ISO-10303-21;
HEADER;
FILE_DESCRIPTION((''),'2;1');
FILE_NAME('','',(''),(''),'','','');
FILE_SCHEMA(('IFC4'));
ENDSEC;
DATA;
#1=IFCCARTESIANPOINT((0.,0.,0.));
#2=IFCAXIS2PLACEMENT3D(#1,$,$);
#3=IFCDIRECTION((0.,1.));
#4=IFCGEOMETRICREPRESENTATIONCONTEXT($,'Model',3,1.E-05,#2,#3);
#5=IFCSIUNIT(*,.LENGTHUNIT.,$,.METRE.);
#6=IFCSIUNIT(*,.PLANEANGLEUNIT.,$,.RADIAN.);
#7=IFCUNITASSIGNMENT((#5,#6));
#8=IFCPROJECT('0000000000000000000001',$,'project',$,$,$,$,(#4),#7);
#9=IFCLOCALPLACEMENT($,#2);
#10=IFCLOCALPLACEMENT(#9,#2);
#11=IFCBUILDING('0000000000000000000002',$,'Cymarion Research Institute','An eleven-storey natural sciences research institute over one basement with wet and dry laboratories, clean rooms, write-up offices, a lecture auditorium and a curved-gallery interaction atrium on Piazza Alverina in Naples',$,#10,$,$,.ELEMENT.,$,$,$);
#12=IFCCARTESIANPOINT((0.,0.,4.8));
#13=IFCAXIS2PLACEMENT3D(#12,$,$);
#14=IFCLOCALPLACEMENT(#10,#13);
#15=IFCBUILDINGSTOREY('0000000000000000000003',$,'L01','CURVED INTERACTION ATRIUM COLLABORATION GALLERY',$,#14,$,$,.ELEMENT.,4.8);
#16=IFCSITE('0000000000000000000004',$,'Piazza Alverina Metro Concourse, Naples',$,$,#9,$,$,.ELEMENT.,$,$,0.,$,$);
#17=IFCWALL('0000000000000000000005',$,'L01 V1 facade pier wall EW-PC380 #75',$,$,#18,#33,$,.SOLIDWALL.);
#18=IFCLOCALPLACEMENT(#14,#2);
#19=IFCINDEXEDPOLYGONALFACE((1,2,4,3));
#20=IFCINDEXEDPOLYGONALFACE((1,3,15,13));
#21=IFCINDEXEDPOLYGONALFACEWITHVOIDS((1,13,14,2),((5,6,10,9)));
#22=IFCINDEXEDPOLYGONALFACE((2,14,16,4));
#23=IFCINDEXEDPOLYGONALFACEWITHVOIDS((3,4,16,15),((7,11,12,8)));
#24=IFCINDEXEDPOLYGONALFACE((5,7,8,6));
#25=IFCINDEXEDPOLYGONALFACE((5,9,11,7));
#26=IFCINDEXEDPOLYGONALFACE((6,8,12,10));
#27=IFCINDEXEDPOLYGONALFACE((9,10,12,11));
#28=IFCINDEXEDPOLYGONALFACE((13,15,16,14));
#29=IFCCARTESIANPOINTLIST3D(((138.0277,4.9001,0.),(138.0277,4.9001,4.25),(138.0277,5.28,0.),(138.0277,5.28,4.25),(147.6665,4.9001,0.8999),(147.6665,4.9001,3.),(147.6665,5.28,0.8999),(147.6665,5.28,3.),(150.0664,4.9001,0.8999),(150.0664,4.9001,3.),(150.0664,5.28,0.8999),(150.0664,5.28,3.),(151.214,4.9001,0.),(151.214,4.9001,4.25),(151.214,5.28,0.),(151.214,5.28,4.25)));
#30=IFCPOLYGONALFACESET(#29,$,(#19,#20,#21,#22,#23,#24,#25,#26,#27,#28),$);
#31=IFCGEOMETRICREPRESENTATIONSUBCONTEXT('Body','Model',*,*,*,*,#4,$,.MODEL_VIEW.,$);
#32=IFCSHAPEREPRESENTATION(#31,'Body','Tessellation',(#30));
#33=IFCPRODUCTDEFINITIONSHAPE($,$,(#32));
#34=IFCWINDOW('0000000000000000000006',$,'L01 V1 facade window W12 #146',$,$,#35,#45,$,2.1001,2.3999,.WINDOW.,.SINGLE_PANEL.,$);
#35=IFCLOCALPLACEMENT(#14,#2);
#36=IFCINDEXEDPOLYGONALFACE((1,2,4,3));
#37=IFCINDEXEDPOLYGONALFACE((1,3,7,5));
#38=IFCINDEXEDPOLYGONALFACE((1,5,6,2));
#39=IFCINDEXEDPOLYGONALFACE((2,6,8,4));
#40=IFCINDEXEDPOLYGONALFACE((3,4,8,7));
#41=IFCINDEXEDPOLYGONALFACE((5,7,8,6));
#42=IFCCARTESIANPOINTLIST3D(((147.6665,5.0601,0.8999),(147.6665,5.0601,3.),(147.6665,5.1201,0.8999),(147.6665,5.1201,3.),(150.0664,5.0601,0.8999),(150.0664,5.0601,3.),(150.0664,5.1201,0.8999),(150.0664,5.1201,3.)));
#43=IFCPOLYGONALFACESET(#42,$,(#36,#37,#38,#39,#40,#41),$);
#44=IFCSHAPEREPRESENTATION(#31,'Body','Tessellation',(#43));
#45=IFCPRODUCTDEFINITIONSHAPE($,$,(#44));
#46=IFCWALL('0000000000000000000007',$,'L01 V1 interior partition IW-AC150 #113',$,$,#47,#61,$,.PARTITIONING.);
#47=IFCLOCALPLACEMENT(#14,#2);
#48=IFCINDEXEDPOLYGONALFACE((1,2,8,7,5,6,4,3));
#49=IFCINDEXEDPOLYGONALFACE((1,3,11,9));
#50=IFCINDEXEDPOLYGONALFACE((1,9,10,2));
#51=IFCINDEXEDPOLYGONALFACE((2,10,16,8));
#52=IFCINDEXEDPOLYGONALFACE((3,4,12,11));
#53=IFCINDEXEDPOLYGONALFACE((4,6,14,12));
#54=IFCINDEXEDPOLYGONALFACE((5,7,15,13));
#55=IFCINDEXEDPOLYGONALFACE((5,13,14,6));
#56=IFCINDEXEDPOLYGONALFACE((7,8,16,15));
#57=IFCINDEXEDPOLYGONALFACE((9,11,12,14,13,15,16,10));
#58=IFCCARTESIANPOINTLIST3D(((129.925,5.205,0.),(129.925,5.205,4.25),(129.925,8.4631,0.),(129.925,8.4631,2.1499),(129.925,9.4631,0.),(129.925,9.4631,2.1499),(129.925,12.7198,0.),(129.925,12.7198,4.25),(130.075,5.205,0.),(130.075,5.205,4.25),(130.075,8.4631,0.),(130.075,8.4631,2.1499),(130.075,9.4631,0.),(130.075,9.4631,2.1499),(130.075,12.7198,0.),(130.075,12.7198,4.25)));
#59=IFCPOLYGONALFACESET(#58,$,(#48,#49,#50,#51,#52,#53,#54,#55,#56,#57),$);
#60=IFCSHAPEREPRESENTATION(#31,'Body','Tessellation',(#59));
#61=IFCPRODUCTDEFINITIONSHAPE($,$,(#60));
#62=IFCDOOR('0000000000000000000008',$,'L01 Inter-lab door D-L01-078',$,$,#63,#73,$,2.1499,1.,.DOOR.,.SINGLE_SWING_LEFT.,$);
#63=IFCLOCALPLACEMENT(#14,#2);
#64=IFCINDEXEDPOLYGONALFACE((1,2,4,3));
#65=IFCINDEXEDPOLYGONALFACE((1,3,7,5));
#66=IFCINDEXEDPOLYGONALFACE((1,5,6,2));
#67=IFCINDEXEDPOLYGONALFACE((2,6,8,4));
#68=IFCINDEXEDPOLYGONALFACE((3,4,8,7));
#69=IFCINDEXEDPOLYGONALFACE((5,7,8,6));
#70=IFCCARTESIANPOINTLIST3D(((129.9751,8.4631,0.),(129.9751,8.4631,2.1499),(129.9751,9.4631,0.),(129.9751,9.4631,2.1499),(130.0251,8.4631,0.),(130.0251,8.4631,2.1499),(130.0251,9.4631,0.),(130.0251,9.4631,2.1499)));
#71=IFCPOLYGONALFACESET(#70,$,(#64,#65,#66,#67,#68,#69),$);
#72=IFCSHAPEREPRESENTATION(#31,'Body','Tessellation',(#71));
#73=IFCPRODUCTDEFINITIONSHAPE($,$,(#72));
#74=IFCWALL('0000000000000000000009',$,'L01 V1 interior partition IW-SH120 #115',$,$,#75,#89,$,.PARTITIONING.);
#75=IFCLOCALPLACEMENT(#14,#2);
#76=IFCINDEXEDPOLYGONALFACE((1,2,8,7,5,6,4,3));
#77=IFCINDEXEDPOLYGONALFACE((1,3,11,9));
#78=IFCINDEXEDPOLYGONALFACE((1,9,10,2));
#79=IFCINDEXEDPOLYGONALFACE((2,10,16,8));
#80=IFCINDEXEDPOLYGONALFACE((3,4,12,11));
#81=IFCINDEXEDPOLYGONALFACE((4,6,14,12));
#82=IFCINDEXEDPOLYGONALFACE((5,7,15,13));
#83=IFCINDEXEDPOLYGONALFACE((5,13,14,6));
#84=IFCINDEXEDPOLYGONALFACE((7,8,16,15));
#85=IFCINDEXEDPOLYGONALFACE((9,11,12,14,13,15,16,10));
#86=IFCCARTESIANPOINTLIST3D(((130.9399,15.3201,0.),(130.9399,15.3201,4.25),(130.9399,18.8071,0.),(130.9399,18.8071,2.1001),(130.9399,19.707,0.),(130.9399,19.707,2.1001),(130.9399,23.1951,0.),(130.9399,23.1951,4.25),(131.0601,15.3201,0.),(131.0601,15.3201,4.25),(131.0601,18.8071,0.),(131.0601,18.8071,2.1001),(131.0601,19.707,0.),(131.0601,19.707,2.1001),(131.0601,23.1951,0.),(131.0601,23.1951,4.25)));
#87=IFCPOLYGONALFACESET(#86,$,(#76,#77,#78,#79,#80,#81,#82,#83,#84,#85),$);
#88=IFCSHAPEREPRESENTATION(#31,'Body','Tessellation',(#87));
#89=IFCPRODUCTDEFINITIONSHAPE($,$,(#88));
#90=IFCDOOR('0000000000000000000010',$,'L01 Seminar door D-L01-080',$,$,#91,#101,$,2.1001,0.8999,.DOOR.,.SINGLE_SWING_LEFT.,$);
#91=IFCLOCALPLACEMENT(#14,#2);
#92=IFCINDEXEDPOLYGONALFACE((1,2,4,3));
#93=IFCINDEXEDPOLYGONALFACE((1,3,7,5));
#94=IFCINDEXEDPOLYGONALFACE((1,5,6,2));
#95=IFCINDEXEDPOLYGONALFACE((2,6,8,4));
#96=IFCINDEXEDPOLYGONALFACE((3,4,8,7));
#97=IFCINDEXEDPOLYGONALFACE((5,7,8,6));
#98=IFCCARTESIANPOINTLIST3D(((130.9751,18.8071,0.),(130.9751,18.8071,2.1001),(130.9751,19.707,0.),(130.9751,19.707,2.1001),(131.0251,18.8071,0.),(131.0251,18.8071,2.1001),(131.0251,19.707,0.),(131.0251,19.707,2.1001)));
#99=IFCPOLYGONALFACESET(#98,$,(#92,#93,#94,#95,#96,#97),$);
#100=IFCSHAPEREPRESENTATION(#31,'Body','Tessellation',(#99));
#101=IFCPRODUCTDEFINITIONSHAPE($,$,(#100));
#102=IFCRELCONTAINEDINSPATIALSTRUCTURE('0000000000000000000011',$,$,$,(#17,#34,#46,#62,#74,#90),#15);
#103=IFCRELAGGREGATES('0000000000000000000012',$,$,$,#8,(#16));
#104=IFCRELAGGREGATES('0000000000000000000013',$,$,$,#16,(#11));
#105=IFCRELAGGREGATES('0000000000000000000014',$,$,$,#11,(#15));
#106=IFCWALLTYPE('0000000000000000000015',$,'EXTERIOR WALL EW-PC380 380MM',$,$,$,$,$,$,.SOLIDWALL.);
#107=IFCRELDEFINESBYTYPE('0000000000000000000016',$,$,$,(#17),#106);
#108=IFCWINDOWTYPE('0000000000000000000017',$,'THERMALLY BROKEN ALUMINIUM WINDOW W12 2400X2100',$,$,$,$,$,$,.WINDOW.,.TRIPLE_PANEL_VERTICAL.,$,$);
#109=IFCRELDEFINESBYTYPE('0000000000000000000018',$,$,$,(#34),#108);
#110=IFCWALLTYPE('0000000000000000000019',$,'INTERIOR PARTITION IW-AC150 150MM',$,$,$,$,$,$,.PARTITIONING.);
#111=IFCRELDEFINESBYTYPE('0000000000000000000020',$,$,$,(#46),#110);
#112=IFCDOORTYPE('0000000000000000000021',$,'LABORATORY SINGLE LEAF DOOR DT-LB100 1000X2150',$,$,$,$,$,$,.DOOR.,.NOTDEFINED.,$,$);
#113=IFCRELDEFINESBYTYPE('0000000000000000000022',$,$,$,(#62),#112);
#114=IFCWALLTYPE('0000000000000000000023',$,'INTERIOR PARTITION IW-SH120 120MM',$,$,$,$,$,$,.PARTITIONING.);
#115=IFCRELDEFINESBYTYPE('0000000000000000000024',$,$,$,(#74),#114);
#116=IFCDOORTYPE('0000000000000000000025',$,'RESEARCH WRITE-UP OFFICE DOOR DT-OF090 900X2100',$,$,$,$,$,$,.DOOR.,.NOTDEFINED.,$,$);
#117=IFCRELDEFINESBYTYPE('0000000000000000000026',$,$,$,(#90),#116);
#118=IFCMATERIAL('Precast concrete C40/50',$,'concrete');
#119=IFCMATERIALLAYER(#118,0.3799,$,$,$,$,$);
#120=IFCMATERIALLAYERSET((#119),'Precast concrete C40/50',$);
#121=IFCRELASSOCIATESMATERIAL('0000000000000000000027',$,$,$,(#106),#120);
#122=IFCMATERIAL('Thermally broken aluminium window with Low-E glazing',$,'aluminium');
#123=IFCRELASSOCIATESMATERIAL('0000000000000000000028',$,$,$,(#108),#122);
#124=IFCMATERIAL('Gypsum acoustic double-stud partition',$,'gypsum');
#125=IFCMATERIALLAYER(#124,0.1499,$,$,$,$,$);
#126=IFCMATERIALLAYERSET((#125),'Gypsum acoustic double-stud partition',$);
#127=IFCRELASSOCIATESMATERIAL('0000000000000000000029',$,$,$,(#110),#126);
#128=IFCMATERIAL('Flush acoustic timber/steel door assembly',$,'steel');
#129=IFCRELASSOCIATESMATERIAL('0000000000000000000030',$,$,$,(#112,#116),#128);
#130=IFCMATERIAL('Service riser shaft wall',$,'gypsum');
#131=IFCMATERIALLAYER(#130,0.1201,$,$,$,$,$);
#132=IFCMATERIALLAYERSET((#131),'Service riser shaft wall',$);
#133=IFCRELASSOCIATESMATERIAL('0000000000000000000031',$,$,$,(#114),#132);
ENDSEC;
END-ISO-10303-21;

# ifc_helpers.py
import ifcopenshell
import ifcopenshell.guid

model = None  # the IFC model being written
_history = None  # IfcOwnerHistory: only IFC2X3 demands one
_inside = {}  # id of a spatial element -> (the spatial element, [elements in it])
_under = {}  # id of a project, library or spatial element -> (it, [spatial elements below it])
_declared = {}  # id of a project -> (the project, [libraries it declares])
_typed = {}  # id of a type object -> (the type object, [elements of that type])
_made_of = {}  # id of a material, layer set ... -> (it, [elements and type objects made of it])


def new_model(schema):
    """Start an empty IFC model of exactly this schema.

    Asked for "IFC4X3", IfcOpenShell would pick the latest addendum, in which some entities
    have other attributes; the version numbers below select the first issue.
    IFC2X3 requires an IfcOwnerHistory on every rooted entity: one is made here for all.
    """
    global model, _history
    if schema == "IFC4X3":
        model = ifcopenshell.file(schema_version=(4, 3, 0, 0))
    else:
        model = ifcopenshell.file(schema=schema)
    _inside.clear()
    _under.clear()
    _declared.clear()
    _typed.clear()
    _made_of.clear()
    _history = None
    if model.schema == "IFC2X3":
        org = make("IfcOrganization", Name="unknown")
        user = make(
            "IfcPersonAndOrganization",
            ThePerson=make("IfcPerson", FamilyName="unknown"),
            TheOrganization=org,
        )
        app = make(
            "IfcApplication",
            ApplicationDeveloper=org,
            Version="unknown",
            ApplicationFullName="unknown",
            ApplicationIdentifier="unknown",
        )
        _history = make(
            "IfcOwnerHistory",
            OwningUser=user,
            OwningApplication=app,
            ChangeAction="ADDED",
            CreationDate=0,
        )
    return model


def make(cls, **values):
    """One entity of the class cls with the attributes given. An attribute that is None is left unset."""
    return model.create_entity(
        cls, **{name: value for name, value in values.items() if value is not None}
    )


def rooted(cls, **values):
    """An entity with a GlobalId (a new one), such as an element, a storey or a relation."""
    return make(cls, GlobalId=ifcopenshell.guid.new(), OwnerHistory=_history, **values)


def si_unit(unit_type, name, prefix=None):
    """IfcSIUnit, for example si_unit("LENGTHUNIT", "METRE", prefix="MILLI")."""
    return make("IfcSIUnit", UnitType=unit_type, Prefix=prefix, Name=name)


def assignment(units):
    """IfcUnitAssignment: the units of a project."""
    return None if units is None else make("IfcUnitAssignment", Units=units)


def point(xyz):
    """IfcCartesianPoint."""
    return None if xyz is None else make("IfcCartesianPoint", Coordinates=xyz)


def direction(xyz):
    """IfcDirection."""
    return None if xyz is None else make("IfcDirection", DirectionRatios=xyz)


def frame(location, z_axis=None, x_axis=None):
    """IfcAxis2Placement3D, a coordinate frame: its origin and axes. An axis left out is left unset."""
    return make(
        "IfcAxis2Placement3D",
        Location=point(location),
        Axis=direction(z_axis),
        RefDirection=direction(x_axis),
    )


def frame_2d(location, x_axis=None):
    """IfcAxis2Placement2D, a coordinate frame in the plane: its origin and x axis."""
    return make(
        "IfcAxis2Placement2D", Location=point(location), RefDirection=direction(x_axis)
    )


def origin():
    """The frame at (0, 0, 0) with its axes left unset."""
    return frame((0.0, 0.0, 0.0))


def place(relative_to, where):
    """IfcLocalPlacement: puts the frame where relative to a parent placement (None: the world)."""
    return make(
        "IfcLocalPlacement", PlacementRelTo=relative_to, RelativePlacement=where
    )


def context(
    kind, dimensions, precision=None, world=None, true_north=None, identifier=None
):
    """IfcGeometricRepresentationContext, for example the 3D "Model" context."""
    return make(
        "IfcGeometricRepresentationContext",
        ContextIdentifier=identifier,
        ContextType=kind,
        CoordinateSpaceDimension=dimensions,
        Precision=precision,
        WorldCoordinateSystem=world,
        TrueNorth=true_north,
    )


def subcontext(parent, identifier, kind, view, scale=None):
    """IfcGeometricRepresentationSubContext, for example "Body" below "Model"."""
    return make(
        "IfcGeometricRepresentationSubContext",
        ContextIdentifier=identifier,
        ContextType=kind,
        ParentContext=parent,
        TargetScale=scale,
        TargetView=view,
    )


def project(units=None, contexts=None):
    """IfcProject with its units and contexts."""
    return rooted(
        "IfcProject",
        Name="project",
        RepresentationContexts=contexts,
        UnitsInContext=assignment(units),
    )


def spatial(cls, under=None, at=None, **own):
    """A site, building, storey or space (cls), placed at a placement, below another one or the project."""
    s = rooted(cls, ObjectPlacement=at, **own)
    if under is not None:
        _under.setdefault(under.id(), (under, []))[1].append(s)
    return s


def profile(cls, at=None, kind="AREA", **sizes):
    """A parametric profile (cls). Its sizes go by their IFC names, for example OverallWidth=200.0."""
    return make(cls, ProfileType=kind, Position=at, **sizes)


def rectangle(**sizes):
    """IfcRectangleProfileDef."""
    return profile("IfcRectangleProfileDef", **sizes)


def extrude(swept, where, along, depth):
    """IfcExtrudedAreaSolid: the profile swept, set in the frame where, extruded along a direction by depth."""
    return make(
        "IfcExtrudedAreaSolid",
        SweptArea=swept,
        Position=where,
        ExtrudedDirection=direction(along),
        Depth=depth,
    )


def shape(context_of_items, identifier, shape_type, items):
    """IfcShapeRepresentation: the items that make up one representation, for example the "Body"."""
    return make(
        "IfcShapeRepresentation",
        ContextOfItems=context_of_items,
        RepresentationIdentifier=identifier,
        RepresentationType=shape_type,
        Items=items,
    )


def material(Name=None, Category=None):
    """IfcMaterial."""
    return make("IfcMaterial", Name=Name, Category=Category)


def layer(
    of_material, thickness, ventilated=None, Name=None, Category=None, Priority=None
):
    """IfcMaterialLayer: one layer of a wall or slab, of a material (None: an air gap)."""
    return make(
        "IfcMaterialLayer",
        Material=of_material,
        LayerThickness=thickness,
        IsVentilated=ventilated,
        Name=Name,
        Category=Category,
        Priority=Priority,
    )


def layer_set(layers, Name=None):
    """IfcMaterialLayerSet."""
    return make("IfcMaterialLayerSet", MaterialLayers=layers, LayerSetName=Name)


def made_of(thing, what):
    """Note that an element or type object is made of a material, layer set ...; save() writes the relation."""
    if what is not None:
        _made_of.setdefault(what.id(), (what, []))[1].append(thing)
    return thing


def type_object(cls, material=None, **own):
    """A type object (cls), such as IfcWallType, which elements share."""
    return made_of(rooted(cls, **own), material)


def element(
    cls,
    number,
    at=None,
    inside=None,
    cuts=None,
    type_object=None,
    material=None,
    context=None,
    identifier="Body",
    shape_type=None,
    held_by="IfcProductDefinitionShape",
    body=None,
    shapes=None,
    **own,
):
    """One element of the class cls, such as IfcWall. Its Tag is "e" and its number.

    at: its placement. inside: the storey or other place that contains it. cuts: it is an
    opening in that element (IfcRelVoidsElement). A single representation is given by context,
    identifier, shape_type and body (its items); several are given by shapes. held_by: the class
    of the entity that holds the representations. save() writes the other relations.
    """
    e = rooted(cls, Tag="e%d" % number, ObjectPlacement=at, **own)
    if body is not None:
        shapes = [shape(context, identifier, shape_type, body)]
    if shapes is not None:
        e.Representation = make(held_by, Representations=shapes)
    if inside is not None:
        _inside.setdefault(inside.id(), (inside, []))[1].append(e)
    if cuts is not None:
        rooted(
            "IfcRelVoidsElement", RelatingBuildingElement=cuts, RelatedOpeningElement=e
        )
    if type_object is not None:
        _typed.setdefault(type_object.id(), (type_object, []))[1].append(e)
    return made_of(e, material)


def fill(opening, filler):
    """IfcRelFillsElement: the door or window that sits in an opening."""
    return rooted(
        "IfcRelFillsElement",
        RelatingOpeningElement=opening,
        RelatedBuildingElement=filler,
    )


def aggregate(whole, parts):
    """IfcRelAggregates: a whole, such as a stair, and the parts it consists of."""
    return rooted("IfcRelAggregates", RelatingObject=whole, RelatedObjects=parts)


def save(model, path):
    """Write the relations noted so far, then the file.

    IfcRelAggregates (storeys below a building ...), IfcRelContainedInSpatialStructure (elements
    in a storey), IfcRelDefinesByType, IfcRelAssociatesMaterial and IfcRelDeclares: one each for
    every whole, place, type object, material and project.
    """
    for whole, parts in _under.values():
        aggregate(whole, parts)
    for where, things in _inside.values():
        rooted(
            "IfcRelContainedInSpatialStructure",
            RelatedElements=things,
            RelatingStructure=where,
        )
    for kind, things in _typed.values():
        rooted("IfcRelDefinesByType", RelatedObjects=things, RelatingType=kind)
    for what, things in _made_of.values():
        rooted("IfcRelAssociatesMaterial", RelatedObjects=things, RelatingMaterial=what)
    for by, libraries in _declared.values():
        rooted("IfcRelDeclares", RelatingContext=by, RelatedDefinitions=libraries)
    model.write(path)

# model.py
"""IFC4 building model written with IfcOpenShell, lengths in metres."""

from ifc_helpers import new_model, si_unit, direction, frame, frame_2d, origin, place, context, subcontext, project, spatial, rectangle, extrude, material, layer, layer_set, type_object, element, fill, save


model = new_model("IFC4")

# Units and contexts
model_context = context("Model", 3, precision=1e-05, world=origin(), true_north=direction((0.0, 1.0)))
body_context = subcontext(model_context, "Body", "Model", "MODEL_VIEW")
ifc_project = project(units=[si_unit("LENGTHUNIT", "METRE"), si_unit("PLANEANGLEUNIT", "RADIAN")], contexts=[model_context])

# Site, building, storey
site_placement = place(None, origin())
site = spatial("IfcSite", under=ifc_project, at=site_placement, Name="Piazza Alverina Metro Concourse, Naples", CompositionType="ELEMENT", RefElevation=0.0)
building_placement = place(site_placement, origin())
building = spatial("IfcBuilding", under=site, at=building_placement, Name="Cymarion Research Institute", Description="An eleven-storey natural sciences research institute over one basement with wet and dry laboratories, clean rooms, write-up offices, a lecture auditorium and a curved-gallery interaction atrium on Piazza Alverina in Naples", CompositionType="ELEMENT")
storey_placement = place(building_placement, frame((0.0, 0.0, 4.8)))
storey = spatial("IfcBuildingStorey", under=building, at=storey_placement, Name="L01", Description="CURVED INTERACTION ATRIUM COLLABORATION GALLERY", CompositionType="ELEMENT", Elevation=4.8)

# Wall, opening, window
ifc_material_1 = material(Name="Precast concrete C40/50", Category="concrete")
ifc_layer_1 = layer(ifc_material_1, 0.3799)
ifc_layer_set_1 = layer_set([ifc_layer_1], Name="Precast concrete C40/50")
wall_type_1 = type_object("IfcWallType", Name="EXTERIOR WALL EW-PC380 380MM", PredefinedType="SOLIDWALL", material=ifc_layer_set_1)
wall_1_placement = place(storey_placement, frame((138.0276, 5.0901, 0.0), z_axis=(0.0, 0.0, 1.0), x_axis=(1.0, 0.0, 0.0)))
wall_1 = element("IfcWall", 1, at=wall_1_placement, inside=storey, type_object=wall_type_1, Name="L01 V1 facade pier wall EW-PC380 #75", PredefinedType="SOLIDWALL", context=body_context, shape_type="SweptSolid", body=[
    extrude(rectangle(XDim=13.1863, YDim=0.3799, at=frame_2d((6.5933, 0.0))), origin(), (0.0, 0.0, 1.0), 4.25),
])
opening_1_placement = place(wall_1_placement, frame((9.6389, 0.0, 0.8999)))
opening_1 = element("IfcOpeningElement", 2, at=opening_1_placement, cuts=wall_1, PredefinedType="OPENING", context=body_context, shape_type="SweptSolid", body=[
    extrude(rectangle(XDim=2.3999, YDim=2.1001, at=frame_2d((1.2, 1.05))), frame((0.0, 0.2, 0.0), z_axis=(0.0, -1.0, 0.0), x_axis=(1.0, 0.0, 0.0)), (0.0, 0.0, 1.0), 0.3999),
])
ifc_material_2 = material(Name="Thermally broken aluminium window with Low-E glazing", Category="aluminium")
window_type = type_object("IfcWindowType", Name="THERMALLY BROKEN ALUMINIUM WINDOW W12 2400X2100", PartitioningType="TRIPLE_PANEL_VERTICAL", PredefinedType="WINDOW", material=ifc_material_2)
window_placement = place(opening_1_placement, origin())
window = element("IfcWindow", 3, at=window_placement, inside=storey, type_object=window_type, Name="L01 V1 facade window W12 #146", OverallHeight=2.1001, OverallWidth=2.3999, PartitioningType="SINGLE_PANEL", PredefinedType="WINDOW", context=body_context, shape_type="SweptSolid", body=[
    extrude(rectangle(XDim=2.3999, YDim=2.1001, at=frame_2d((1.2, 1.05))), frame((0.0, 0.03, 0.0), z_axis=(0.0, -1.0, 0.0), x_axis=(1.0, 0.0, 0.0)), (0.0, 0.0, 1.0), 0.0601),
])
fill(opening_1, window)

# Walls, openings, doors
ifc_material_3 = material(Name="Gypsum acoustic double-stud partition", Category="gypsum")
ifc_layer_2 = layer(ifc_material_3, 0.1499)
ifc_layer_set_2 = layer_set([ifc_layer_2], Name="Gypsum acoustic double-stud partition")
wall_type_2 = type_object("IfcWallType", Name="INTERIOR PARTITION IW-AC150 150MM", PredefinedType="PARTITIONING", material=ifc_layer_set_2)
wall_2_placement = place(storey_placement, frame((130.0, 5.2051, 0.0), z_axis=(0.0, 0.0, 1.0), x_axis=(0.0, 1.0, 0.0)))
wall_2 = element("IfcWall", 4, at=wall_2_placement, inside=storey, type_object=wall_type_2, Name="L01 V1 interior partition IW-AC150 #113", PredefinedType="PARTITIONING", context=body_context, shape_type="SweptSolid", body=[
    extrude(rectangle(XDim=7.5149, YDim=0.1499, at=frame_2d((3.7573, 0.0))), origin(), (0.0, 0.0, 1.0), 4.25),
])
opening_2_placement = place(wall_2_placement, frame((3.2581, 0.0, 0.0)))
opening_2 = element("IfcOpeningElement", 5, at=opening_2_placement, cuts=wall_2, PredefinedType="OPENING", context=body_context, shape_type="SweptSolid", body=[
    extrude(rectangle(XDim=1.0, YDim=2.1499, at=frame_2d((0.5, 1.075))), frame((0.0, 0.085, 0.0), z_axis=(0.0, -1.0, 0.0), x_axis=(1.0, 0.0, 0.0)), (0.0, 0.0, 1.0), 0.1699),
])
ifc_material_4 = material(Name="Flush acoustic timber/steel door assembly", Category="steel")
door_type_1 = type_object("IfcDoorType", Name="LABORATORY SINGLE LEAF DOOR DT-LB100 1000X2150", OperationType="NOTDEFINED", PredefinedType="DOOR", material=ifc_material_4)
door_1_placement = place(opening_2_placement, origin())
door_1 = element("IfcDoor", 6, at=door_1_placement, inside=storey, type_object=door_type_1, Name="L01 Inter-lab door D-L01-078", OperationType="SINGLE_SWING_LEFT", OverallHeight=2.1499, OverallWidth=1.0, PredefinedType="DOOR", context=body_context, shape_type="SweptSolid", body=[
    extrude(rectangle(XDim=1.0, YDim=2.1499, at=frame_2d((0.5, 1.075))), frame((0.0, 0.0249, 0.0), z_axis=(0.0, -1.0, 0.0), x_axis=(1.0, 0.0, 0.0)), (0.0, 0.0, 1.0), 0.05),
])
fill(opening_2, door_1)
ifc_material_5 = material(Name="Service riser shaft wall", Category="gypsum")
ifc_layer_3 = layer(ifc_material_5, 0.1201)
ifc_layer_set_3 = layer_set([ifc_layer_3], Name="Service riser shaft wall")
wall_type_3 = type_object("IfcWallType", Name="INTERIOR PARTITION IW-SH120 120MM", PredefinedType="PARTITIONING", material=ifc_layer_set_3)
wall_3_placement = place(storey_placement, frame((131.0, 15.3201, 0.0), z_axis=(0.0, 0.0, 1.0), x_axis=(0.0, 1.0, 0.0)))
wall_3 = element("IfcWall", 7, at=wall_3_placement, inside=storey, type_object=wall_type_3, Name="L01 V1 interior partition IW-SH120 #115", PredefinedType="PARTITIONING", context=body_context, shape_type="SweptSolid", body=[
    extrude(rectangle(XDim=7.875, YDim=0.1201, at=frame_2d((3.9375, 0.0))), origin(), (0.0, 0.0, 1.0), 4.25),
])
opening_3_placement = place(wall_3_placement, frame((3.4871, 0.0, 0.0)))
opening_3 = element("IfcOpeningElement", 8, at=opening_3_placement, cuts=wall_3, PredefinedType="OPENING", context=body_context, shape_type="SweptSolid", body=[
    extrude(rectangle(XDim=0.8999, YDim=2.1001, at=frame_2d((0.45, 1.05))), frame((0.0, 0.0701, 0.0), z_axis=(0.0, -1.0, 0.0), x_axis=(1.0, 0.0, 0.0)), (0.0, 0.0, 1.0), 0.1401),
])
door_type_2 = type_object("IfcDoorType", Name="RESEARCH WRITE-UP OFFICE DOOR DT-OF090 900X2100", OperationType="NOTDEFINED", PredefinedType="DOOR", material=ifc_material_4)
door_2_placement = place(opening_3_placement, origin())
door_2 = element("IfcDoor", 9, at=door_2_placement, inside=storey, type_object=door_type_2, Name="L01 Seminar door D-L01-080", OperationType="SINGLE_SWING_LEFT", OverallHeight=2.1001, OverallWidth=0.8999, PredefinedType="DOOR", context=body_context, shape_type="SweptSolid", body=[
    extrude(rectangle(XDim=0.8999, YDim=2.1001, at=frame_2d((0.45, 1.05))), frame((0.0, 0.0249, 0.0), z_axis=(0.0, -1.0, 0.0), x_axis=(1.0, 0.0, 0.0)), (0.0, 0.0, 1.0), 0.05),
])
fill(opening_3, door_2)

save(model, "model.ifc")
